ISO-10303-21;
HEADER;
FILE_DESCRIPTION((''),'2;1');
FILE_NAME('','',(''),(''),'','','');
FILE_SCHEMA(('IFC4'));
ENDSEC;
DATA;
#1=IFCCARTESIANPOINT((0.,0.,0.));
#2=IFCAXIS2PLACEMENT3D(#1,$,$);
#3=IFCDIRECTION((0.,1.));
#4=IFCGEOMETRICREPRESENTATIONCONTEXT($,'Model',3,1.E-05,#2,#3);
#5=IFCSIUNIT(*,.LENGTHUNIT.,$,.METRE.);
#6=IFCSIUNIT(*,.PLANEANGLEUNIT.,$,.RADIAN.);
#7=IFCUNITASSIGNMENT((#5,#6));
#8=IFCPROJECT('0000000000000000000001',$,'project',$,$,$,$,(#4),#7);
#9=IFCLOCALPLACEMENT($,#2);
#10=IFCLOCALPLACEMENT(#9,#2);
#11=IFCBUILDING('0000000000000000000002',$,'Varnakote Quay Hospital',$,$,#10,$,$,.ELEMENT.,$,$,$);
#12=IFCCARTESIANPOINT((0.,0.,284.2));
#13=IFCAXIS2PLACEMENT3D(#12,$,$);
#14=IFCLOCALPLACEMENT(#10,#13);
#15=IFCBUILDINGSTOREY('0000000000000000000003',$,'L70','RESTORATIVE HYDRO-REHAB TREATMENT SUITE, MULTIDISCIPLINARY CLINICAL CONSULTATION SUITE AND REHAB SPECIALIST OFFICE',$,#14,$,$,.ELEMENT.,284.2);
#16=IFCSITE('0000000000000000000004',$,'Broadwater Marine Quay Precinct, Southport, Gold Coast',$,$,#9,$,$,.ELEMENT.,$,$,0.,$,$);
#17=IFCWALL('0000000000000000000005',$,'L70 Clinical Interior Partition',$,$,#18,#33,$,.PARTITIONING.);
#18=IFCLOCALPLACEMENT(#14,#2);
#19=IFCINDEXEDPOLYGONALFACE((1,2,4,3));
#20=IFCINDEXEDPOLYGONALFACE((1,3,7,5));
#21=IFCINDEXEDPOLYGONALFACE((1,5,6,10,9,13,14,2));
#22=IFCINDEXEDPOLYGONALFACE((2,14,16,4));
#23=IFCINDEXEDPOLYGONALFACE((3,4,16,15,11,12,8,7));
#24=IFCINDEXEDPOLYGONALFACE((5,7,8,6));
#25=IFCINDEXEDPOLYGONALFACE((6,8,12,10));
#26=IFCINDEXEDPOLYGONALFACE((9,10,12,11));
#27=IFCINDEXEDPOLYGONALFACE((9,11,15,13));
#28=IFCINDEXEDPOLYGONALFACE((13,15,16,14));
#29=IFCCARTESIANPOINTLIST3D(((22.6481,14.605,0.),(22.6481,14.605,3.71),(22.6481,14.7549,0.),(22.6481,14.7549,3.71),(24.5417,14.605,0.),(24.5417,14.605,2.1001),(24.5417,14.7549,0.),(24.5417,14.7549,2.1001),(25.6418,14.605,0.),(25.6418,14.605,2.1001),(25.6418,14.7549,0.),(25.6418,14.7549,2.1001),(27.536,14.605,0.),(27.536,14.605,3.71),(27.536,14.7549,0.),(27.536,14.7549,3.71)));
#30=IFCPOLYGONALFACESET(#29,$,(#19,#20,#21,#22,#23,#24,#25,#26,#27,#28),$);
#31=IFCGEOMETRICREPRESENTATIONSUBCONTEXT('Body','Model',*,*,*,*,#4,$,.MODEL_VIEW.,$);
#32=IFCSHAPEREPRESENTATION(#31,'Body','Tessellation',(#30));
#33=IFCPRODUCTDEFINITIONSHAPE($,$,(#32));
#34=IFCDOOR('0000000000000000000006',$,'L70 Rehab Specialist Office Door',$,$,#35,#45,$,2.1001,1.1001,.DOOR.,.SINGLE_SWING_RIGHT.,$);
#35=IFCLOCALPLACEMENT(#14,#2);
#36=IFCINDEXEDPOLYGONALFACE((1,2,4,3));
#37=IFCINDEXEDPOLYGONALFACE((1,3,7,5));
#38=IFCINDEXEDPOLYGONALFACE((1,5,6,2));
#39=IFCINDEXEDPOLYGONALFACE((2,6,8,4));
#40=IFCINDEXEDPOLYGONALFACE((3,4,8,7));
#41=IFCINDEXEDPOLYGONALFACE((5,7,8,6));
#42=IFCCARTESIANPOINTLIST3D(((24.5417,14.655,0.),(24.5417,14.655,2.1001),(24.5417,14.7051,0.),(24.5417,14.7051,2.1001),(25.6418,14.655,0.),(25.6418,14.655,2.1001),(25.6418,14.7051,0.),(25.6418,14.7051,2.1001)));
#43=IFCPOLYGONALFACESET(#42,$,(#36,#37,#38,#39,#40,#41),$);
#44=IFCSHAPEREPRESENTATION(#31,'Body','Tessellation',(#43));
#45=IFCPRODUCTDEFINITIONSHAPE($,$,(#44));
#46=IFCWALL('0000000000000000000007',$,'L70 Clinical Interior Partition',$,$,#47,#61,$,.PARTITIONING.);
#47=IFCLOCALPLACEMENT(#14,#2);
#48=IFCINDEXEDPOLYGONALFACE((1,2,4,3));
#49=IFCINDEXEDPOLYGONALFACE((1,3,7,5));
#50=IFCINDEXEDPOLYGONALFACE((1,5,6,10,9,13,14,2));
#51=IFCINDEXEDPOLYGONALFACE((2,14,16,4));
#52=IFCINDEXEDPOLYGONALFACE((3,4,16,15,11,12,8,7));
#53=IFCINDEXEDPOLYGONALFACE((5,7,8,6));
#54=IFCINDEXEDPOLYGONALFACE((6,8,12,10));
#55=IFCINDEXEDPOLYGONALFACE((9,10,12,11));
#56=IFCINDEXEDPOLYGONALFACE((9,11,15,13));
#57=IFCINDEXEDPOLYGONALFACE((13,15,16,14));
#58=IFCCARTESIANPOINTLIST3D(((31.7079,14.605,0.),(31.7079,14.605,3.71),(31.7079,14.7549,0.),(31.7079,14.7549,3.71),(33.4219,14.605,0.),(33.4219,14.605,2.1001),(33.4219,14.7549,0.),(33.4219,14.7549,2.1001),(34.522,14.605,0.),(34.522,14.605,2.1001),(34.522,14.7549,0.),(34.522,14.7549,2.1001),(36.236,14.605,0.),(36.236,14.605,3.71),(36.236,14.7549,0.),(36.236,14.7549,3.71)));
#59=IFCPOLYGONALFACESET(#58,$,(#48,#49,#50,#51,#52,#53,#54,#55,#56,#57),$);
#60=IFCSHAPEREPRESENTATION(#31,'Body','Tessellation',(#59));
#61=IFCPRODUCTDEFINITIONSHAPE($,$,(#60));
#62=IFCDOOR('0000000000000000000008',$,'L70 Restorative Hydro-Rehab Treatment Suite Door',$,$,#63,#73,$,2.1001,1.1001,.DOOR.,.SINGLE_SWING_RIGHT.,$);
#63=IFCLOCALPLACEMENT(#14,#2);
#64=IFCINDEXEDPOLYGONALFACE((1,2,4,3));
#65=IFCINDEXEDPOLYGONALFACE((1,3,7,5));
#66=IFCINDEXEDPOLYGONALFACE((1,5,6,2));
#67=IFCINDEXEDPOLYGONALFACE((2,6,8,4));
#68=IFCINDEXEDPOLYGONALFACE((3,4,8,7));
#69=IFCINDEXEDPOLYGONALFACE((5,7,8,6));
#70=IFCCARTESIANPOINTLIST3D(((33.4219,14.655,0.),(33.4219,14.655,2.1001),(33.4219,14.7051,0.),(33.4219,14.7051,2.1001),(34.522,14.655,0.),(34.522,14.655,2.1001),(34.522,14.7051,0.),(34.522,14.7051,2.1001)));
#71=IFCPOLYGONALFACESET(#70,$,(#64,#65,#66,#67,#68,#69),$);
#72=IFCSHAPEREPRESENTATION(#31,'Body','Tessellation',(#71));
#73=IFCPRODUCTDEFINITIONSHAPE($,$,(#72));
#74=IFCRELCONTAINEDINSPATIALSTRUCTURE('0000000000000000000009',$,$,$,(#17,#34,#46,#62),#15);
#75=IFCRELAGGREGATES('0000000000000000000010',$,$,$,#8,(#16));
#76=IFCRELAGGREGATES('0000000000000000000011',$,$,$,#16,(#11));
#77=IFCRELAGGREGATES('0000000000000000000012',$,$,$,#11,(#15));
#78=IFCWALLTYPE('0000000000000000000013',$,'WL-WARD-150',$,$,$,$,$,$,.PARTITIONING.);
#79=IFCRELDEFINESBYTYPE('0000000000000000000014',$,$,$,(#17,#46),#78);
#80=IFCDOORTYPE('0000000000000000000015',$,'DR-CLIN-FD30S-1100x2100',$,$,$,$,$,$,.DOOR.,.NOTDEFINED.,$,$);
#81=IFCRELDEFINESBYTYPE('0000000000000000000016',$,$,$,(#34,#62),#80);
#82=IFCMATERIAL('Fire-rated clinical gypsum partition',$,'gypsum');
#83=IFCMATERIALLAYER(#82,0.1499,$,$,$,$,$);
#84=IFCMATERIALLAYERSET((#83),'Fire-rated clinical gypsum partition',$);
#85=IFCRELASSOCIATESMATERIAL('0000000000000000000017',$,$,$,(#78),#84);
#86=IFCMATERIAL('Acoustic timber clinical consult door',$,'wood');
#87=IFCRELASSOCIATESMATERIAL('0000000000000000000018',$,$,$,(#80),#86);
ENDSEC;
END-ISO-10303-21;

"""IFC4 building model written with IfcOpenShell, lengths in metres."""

from ifc_helpers import new_model, si_unit, direction, frame, frame_2d, origin, place, context, subcontext, project, spatial, rectangle, extrude, material, layer, layer_set, type_object, element, fill, save


model = new_model("IFC4")

# Units and contexts
model_context = context("Model", 3, precision=1e-05, world=origin(), true_north=direction((0.0, 1.0)))
body_context = subcontext(model_context, "Body", "Model", "MODEL_VIEW")
ifc_project = project(units=[si_unit("LENGTHUNIT", "METRE"), si_unit("PLANEANGLEUNIT", "RADIAN")], contexts=[model_context])

# Site, building, storey
site_placement = place(None, origin())
site = spatial("IfcSite", under=ifc_project, at=site_placement, Name="Broadwater Marine Quay Precinct, Southport, Gold Coast", CompositionType="ELEMENT", RefElevation=0.0)
building_placement = place(site_placement, origin())
building = spatial("IfcBuilding", under=site, at=building_placement, Name="Varnakote Quay Hospital", CompositionType="ELEMENT")
storey_placement = place(building_placement, frame((0.0, 0.0, 284.2)))
storey = spatial("IfcBuildingStorey", under=building, at=storey_placement, Name="L70", Description="RESTORATIVE HYDRO-REHAB TREATMENT SUITE, MULTIDISCIPLINARY CLINICAL CONSULTATION SUITE AND REHAB SPECIALIST OFFICE", CompositionType="ELEMENT", Elevation=284.2)

# Walls, openings, doors
ifc_material_1 = material(Name="Fire-rated clinical gypsum partition", Category="gypsum")
ifc_layer_1 = layer(ifc_material_1, 0.1499)
ifc_layer_set_1 = layer_set([ifc_layer_1], Name="Fire-rated clinical gypsum partition")
wall_type_1 = type_object("IfcWallType", Name="WL-WARD-150", PredefinedType="PARTITIONING", material=ifc_layer_set_1)
ifc_material_2 = material(Name="Acoustic timber clinical consult door", Category="wood")
door_type_1 = type_object("IfcDoorType", Name="DR-CLIN-FD30S-1100x2100", OperationType="NOTDEFINED", PredefinedType="DOOR", material=ifc_material_2)
wall_1_placement = place(storey_placement, frame((27.5359, 14.6799, 0.0), z_axis=(0.0, 0.0, 1.0), x_axis=(-1.0, 0.0, 0.0)))
wall_1 = element("IfcWall", 1, at=wall_1_placement, inside=storey, type_object=wall_type_1, Name="L70 Clinical Interior Partition", PredefinedType="PARTITIONING", context=body_context, shape_type="SweptSolid", body=[
    extrude(rectangle(XDim=4.8879, YDim=0.1499, at=frame_2d((2.4438, 0.0))), origin(), (0.0, 0.0, 1.0), 3.71),
])
opening_1_placement = place(wall_1_placement, frame((1.894, 0.0, 0.0)))
opening_1 = element("IfcOpeningElement", 2, at=opening_1_placement, cuts=wall_1, PredefinedType="OPENING", context=body_context, shape_type="SweptSolid", body=[
    extrude(rectangle(XDim=1.1001, YDim=2.1001, at=frame_2d((0.55, 1.05))), frame((0.0, 0.085, 0.0), z_axis=(0.0, -1.0, 0.0), x_axis=(1.0, 0.0, 0.0)), (0.0, 0.0, 1.0), 0.1699),
])
door_1_placement = place(opening_1_placement, origin())
door_1 = element("IfcDoor", 3, at=door_1_placement, inside=storey, type_object=door_type_1, Name="L70 Rehab Specialist Office Door", OperationType="SINGLE_SWING_RIGHT", OverallHeight=2.1001, OverallWidth=1.1001, PredefinedType="DOOR", context=body_context, shape_type="SweptSolid", body=[
    extrude(rectangle(XDim=1.1001, YDim=2.1001, at=frame_2d((0.55, 1.05))), frame((0.0, 0.0249, 0.0), z_axis=(0.0, -1.0, 0.0), x_axis=(1.0, 0.0, 0.0)), (0.0, 0.0, 1.0), 0.05),
])
fill(opening_1, door_1)
wall_2_placement = place(storey_placement, frame((36.2361, 14.6799, 0.0), z_axis=(0.0, 0.0, 1.0), x_axis=(-1.0, 0.0, 0.0)))
wall_2 = element("IfcWall", 4, at=wall_2_placement, inside=storey, type_object=wall_type_1, Name="L70 Clinical Interior Partition", PredefinedType="PARTITIONING", context=body_context, shape_type="SweptSolid", body=[
    extrude(rectangle(XDim=4.5281, YDim=0.1499, at=frame_2d((2.2642, 0.0))), origin(), (0.0, 0.0, 1.0), 3.71),
])
opening_2_placement = place(wall_2_placement, frame((1.7141, 0.0, 0.0)))
opening_2 = element("IfcOpeningElement", 5, at=opening_2_placement, cuts=wall_2, PredefinedType="OPENING", context=body_context, shape_type="SweptSolid", body=[
    extrude(rectangle(XDim=1.1001, YDim=2.1001, at=frame_2d((0.55, 1.05))), frame((0.0, 0.085, 0.0), z_axis=(0.0, -1.0, 0.0), x_axis=(1.0, 0.0, 0.0)), (0.0, 0.0, 1.0), 0.1699),
])
door_2_placement = place(opening_2_placement, origin())
door_2 = element("IfcDoor", 6, at=door_2_placement, inside=storey, type_object=door_type_1, Name="L70 Restorative Hydro-Rehab Treatment Suite Door", OperationType="SINGLE_SWING_RIGHT", OverallHeight=2.1001, OverallWidth=1.1001, PredefinedType="DOOR", context=body_context, shape_type="SweptSolid", body=[
    extrude(rectangle(XDim=1.1001, YDim=2.1001, at=frame_2d((0.55, 1.05))), frame((0.0, 0.0249, 0.0), z_axis=(0.0, -1.0, 0.0), x_axis=(1.0, 0.0, 0.0)), (0.0, 0.0, 1.0), 0.05),
])
fill(opening_2, door_2)

save(model, "model.ifc")
